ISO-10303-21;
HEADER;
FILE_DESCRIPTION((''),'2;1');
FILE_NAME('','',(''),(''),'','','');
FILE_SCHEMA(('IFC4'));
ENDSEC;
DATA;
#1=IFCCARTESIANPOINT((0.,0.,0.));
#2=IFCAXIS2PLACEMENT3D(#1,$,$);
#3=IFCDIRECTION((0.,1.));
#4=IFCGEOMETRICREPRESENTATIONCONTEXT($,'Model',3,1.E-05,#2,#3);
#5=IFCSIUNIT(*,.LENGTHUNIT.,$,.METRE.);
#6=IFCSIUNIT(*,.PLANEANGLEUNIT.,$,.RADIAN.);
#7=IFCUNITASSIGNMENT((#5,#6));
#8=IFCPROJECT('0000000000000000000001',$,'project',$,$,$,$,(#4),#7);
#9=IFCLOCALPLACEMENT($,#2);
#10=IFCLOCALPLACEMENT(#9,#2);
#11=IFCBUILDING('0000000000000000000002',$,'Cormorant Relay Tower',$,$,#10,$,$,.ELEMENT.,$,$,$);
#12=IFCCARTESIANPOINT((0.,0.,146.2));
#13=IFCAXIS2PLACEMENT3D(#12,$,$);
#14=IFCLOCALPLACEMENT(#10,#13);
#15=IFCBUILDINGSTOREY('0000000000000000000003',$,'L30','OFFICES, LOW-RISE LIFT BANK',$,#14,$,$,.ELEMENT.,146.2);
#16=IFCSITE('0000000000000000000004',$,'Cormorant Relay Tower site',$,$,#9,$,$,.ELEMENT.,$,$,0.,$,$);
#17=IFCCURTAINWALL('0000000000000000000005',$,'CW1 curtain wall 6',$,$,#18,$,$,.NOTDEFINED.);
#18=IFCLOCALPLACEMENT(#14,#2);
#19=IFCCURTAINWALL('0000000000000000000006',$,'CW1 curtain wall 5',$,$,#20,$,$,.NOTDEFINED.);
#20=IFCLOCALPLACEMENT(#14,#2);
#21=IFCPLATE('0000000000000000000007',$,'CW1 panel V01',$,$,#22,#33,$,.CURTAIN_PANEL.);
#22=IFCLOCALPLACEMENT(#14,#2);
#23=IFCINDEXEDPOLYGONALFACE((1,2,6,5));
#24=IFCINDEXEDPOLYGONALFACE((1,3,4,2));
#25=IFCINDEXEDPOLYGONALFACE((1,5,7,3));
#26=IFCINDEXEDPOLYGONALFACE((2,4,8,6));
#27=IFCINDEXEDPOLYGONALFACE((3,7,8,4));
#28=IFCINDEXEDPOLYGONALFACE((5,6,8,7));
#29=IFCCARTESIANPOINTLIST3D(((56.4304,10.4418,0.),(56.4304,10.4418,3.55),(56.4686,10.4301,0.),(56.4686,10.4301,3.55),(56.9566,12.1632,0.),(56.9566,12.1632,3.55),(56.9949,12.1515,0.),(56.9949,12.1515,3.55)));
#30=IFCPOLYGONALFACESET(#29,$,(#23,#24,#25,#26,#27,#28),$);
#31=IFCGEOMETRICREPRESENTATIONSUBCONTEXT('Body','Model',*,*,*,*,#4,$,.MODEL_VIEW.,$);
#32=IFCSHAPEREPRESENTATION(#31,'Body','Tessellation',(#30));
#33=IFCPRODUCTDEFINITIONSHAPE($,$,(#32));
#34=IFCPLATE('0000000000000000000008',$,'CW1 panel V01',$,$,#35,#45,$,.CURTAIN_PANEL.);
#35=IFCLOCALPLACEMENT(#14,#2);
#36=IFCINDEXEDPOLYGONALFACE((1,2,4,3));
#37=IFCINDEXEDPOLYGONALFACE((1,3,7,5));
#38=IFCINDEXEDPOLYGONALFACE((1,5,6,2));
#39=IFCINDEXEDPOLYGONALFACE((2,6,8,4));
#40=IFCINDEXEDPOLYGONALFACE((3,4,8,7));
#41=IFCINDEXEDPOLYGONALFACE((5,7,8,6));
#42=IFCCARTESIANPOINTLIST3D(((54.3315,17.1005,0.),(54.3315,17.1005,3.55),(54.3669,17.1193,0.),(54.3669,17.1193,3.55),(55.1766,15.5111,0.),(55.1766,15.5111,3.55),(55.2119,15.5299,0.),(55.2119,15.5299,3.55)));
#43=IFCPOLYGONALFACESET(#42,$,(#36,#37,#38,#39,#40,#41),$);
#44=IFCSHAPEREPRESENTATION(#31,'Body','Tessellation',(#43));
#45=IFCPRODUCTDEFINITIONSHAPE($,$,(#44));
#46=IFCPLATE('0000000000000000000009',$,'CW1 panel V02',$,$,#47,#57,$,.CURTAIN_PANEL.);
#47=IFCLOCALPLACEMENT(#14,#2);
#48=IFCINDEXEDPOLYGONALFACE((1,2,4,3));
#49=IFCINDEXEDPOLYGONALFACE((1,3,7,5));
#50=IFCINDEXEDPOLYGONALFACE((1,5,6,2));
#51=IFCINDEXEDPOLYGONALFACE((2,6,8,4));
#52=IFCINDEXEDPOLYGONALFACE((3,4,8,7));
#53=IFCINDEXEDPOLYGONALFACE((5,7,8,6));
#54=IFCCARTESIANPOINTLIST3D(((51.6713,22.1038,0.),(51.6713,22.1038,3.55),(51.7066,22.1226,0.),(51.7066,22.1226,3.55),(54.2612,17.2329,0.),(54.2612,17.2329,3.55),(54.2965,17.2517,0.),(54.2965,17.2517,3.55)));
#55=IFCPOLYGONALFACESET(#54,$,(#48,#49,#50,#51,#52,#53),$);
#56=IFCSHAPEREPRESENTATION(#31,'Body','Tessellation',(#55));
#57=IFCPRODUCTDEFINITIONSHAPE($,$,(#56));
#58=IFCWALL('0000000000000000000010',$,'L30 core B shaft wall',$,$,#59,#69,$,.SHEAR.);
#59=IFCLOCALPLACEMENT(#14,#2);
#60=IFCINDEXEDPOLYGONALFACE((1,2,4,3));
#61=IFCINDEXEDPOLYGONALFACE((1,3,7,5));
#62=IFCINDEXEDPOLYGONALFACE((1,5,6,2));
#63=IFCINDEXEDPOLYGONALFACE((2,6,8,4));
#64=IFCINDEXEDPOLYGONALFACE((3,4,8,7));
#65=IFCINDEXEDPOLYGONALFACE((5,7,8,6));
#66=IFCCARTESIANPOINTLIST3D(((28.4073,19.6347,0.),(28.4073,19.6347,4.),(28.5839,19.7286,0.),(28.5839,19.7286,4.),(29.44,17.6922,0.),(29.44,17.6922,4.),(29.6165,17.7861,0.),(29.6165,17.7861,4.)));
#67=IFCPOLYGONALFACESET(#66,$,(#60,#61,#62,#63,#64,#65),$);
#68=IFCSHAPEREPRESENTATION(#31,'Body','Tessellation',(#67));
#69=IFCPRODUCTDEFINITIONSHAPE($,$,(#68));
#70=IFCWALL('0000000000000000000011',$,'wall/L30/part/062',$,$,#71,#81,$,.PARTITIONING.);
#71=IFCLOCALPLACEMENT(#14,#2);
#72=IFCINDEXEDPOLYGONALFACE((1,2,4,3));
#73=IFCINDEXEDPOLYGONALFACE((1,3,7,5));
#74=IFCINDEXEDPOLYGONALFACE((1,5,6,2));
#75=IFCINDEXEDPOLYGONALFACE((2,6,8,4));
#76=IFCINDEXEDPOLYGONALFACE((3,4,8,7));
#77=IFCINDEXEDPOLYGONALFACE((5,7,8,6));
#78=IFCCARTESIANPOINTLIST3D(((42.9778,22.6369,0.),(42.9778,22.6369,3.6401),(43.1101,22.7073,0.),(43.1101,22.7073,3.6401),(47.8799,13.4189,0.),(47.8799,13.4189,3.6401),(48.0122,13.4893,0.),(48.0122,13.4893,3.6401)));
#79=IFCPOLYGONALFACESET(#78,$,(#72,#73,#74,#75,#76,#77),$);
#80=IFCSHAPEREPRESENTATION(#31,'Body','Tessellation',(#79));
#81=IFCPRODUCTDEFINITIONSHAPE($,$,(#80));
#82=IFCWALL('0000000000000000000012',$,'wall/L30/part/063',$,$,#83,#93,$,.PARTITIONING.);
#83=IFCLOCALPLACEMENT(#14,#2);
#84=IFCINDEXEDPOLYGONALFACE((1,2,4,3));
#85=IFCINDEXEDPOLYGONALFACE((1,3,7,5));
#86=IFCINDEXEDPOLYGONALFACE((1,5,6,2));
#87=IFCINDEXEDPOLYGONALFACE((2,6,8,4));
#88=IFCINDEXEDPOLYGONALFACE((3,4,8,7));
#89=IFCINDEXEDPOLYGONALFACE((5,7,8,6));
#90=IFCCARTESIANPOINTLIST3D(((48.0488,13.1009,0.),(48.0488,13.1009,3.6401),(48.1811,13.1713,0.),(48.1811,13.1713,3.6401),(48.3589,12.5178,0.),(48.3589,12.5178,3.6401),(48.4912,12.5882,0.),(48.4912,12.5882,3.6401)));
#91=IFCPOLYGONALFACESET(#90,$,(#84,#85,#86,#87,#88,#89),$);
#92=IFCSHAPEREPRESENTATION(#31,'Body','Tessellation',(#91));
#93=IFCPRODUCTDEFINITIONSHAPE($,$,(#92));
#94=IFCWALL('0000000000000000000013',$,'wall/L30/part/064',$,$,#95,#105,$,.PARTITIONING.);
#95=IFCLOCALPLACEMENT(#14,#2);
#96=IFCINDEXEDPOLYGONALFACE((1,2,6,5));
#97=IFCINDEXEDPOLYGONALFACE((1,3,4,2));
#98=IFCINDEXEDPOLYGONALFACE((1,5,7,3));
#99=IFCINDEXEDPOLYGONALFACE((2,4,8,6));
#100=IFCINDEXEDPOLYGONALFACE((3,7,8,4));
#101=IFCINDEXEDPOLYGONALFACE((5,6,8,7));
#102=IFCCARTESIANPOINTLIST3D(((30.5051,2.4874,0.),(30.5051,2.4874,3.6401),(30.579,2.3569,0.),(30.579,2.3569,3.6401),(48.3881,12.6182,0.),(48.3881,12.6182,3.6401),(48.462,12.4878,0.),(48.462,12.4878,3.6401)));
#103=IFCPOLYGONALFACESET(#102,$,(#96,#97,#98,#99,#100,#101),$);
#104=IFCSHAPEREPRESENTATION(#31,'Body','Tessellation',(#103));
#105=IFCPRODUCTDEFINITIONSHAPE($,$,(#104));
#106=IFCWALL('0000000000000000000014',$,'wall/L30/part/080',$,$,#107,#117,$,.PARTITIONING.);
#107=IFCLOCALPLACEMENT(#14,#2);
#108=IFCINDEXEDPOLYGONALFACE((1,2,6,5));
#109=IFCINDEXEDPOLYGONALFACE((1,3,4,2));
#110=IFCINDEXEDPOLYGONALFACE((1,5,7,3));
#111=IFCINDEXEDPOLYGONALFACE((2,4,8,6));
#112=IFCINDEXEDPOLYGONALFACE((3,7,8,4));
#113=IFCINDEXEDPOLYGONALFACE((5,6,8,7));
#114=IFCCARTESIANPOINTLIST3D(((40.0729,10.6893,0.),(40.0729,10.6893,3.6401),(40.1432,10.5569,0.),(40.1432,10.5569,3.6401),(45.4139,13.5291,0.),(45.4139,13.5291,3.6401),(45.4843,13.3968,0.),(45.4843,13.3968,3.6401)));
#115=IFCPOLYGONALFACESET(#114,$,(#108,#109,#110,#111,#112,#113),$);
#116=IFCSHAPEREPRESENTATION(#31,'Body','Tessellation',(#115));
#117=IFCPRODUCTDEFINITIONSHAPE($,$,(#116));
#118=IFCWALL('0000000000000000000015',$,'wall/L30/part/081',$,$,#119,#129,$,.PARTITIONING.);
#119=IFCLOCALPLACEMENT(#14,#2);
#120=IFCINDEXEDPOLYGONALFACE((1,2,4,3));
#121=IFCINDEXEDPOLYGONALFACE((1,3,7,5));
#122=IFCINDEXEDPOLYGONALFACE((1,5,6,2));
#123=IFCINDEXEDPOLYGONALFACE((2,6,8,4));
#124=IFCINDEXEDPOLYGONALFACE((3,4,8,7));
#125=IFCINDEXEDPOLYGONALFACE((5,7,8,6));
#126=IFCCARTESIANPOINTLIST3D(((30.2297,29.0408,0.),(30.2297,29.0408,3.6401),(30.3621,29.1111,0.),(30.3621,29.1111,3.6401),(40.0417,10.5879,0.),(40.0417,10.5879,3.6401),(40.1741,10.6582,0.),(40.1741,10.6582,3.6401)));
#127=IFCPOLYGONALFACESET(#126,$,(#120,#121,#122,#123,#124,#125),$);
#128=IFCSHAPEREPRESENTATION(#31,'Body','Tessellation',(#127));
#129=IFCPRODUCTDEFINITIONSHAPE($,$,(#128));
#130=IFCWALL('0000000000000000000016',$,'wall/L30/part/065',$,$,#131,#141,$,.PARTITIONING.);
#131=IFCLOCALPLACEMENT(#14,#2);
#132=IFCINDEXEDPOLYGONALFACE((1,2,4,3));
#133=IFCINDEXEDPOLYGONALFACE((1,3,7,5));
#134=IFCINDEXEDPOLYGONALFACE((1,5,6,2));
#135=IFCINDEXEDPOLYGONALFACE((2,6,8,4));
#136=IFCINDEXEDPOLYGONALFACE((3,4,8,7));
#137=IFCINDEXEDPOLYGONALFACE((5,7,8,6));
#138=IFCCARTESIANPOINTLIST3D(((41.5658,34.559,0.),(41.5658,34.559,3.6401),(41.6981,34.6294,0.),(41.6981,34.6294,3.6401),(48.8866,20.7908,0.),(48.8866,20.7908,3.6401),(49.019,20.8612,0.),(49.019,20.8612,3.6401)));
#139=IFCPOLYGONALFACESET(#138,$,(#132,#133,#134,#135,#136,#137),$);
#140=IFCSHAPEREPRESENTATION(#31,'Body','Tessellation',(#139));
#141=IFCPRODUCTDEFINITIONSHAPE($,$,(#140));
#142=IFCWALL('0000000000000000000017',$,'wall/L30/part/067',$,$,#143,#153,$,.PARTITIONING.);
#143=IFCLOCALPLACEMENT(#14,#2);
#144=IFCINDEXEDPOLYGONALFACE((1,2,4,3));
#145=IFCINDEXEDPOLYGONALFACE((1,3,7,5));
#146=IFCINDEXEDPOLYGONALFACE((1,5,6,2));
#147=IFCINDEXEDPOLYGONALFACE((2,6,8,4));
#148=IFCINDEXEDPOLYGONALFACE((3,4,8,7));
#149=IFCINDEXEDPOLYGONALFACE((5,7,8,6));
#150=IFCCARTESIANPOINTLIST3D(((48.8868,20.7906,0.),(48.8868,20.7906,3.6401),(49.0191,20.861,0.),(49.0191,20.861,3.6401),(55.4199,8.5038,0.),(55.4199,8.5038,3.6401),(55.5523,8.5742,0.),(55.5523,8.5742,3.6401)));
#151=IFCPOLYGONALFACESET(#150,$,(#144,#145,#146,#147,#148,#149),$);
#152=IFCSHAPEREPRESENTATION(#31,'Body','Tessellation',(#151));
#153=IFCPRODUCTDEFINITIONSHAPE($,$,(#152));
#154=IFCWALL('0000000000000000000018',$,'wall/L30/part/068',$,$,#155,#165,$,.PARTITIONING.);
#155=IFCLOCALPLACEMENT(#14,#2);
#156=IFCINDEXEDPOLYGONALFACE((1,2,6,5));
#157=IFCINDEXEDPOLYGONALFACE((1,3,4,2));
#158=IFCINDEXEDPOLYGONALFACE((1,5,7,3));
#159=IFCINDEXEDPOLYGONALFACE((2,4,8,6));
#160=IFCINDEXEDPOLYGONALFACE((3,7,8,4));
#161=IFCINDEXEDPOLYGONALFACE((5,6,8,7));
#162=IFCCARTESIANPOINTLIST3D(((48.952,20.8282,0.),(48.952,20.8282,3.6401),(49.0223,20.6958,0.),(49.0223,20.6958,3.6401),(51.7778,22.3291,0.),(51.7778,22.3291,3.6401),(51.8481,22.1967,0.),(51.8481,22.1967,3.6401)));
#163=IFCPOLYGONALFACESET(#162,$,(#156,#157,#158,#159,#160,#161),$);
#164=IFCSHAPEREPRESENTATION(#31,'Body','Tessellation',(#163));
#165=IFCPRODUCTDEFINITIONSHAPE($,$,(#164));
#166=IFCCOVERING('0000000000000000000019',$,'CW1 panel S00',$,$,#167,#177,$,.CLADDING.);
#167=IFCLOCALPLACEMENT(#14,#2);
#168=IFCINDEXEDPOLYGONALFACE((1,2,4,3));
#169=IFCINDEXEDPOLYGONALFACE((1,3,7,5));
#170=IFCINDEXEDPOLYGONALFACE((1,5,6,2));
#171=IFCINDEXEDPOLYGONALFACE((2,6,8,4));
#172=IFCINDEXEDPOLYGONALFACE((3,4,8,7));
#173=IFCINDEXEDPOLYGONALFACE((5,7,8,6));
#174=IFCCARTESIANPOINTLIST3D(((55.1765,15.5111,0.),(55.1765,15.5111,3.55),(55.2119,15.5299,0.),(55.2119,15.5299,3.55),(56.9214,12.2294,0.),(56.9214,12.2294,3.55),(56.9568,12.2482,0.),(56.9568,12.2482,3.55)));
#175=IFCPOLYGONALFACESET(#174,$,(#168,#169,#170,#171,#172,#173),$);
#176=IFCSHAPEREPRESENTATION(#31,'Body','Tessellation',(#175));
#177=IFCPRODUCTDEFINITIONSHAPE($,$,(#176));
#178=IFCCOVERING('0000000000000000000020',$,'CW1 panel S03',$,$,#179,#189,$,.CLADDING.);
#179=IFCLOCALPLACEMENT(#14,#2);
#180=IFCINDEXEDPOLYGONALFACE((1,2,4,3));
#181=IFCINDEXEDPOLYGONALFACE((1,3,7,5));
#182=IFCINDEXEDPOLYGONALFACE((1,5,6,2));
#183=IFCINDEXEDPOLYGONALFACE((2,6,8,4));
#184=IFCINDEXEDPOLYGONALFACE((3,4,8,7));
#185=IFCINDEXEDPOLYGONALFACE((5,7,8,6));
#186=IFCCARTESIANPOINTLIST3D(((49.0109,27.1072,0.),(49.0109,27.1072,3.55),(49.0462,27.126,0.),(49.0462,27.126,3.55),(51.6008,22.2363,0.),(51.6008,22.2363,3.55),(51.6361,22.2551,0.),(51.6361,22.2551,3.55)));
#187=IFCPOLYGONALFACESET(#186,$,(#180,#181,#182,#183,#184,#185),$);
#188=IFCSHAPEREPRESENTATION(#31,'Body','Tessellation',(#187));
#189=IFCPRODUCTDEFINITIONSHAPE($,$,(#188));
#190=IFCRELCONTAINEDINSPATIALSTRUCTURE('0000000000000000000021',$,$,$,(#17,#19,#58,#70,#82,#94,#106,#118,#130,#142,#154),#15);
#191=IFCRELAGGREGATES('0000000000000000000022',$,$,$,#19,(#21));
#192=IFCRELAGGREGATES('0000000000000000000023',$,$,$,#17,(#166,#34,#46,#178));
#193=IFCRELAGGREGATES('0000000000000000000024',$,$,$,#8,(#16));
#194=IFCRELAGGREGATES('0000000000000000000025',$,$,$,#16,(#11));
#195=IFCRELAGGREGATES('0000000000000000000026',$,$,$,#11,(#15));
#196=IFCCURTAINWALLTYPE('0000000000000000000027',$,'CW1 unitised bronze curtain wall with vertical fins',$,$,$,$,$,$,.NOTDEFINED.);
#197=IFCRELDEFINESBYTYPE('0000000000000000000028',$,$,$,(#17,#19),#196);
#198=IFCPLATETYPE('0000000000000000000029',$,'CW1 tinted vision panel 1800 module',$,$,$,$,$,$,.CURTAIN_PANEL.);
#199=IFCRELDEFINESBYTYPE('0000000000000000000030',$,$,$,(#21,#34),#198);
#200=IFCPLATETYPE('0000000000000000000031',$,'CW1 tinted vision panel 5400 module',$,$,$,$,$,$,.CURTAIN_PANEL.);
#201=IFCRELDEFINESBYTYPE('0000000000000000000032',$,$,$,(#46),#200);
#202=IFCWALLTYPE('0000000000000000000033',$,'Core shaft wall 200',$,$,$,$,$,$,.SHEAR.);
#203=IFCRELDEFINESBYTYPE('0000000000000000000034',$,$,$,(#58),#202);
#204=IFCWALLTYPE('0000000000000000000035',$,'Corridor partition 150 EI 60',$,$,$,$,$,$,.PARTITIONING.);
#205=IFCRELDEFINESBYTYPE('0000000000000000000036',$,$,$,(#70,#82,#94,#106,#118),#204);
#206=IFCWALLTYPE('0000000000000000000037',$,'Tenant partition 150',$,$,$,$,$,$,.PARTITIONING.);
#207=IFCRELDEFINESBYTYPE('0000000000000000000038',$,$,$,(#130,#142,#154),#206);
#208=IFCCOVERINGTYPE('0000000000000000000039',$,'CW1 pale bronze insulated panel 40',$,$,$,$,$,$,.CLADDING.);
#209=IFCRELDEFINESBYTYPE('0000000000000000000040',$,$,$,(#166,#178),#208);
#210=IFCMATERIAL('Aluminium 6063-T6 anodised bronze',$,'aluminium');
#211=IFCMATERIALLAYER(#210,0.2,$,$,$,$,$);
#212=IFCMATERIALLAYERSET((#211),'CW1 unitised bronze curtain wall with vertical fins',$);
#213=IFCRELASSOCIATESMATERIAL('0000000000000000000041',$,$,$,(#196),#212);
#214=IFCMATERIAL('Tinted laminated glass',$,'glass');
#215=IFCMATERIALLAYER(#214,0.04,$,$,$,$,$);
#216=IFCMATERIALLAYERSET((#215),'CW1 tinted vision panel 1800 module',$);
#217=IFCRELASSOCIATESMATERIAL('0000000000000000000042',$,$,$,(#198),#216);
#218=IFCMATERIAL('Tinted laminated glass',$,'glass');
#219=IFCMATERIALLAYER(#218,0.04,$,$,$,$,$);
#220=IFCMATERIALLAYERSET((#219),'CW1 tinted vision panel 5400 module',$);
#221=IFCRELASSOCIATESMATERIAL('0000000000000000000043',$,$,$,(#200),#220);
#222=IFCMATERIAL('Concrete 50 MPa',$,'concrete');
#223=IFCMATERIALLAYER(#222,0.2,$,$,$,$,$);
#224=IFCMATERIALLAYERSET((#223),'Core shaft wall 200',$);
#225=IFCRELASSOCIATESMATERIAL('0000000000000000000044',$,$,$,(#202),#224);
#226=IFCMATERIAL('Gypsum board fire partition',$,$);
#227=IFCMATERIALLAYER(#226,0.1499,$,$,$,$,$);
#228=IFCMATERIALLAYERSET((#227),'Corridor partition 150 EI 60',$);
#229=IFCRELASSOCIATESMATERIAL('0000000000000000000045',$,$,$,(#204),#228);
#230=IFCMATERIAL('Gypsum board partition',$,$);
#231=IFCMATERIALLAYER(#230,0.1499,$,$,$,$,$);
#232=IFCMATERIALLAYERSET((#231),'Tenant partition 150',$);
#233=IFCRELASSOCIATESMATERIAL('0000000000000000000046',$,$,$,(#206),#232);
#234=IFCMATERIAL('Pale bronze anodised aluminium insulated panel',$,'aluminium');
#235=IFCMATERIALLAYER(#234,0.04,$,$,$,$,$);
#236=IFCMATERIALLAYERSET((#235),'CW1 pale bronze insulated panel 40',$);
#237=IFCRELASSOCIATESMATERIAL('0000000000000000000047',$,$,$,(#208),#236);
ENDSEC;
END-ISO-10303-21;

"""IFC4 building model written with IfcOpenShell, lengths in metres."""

from ifc_helpers import new_model, si_unit, direction, frame, frame_2d, origin, origin_2d, place, context, subcontext, project, spatial, rectangle, extrude, material, layer, layer_set, type_object, element, aggregate, save


model = new_model("IFC4")

# Units and contexts
model_context = context("Model", 3, precision=1e-05, world=origin(), true_north=direction((0.0, 1.0)))
body_context = subcontext(model_context, "Body", "Model", "MODEL_VIEW")
ifc_project = project(units=[si_unit("LENGTHUNIT", "METRE"), si_unit("PLANEANGLEUNIT", "RADIAN")], contexts=[model_context])

# Site, building, storey
site_placement = place(None, origin())
site = spatial("IfcSite", under=ifc_project, at=site_placement, Name="Cormorant Relay Tower site", CompositionType="ELEMENT", RefElevation=0.0)
building_placement = place(site_placement, origin())
building = spatial("IfcBuilding", under=site, at=building_placement, Name="Cormorant Relay Tower", CompositionType="ELEMENT")
storey_placement = place(building_placement, frame((0.0, 0.0, 146.2)))
storey = spatial("IfcBuildingStorey", under=building, at=storey_placement, Name="L30", Description="OFFICES, LOW-RISE LIFT BANK", CompositionType="ELEMENT", Elevation=146.2)

# Curtain wall
ifc_material_1 = material(Name="Aluminium 6063-T6 anodised bronze", Category="aluminium")
ifc_layer_1 = layer(ifc_material_1, 0.2)
ifc_layer_set_1 = layer_set([ifc_layer_1], Name="CW1 unitised bronze curtain wall with vertical fins")
curtain_wall_type = type_object("IfcCurtainWallType", Name="CW1 unitised bronze curtain wall with vertical fins", PredefinedType="NOTDEFINED", material=ifc_layer_set_1)
curtain_wall_1_placement = place(storey_placement, origin())
curtain_wall_1 = element("IfcCurtainWall", 1, at=curtain_wall_1_placement, inside=storey, type_object=curtain_wall_type, Name="CW1 curtain wall 6", PredefinedType="NOTDEFINED")

# Curtain wall, plate
curtain_wall_2_placement = place(storey_placement, origin())
curtain_wall_2 = element("IfcCurtainWall", 2, at=curtain_wall_2_placement, inside=storey, type_object=curtain_wall_type, Name="CW1 curtain wall 5", PredefinedType="NOTDEFINED")
ifc_material_2 = material(Name="Tinted laminated glass", Category="glass")
ifc_layer_2 = layer(ifc_material_2, 0.04)
ifc_layer_set_2 = layer_set([ifc_layer_2], Name="CW1 tinted vision panel 1800 module")
plate_type_1 = type_object("IfcPlateType", Name="CW1 tinted vision panel 1800 module", PredefinedType="CURTAIN_PANEL", material=ifc_layer_set_2)
plate_1_placement = place(storey_placement, frame((56.7126, 11.2966, 0.0), z_axis=(0.0, 0.0, 1.0), x_axis=(0.292372, 0.956305, 0.0)))
plate_1 = element("IfcPlate", 3, at=plate_1_placement, type_object=plate_type_1, Name="CW1 panel V01", PredefinedType="CURTAIN_PANEL", context=body_context, shape_type="SweptSolid", body=[
    extrude(rectangle(XDim=1.8, YDim=0.04, at=origin_2d()), origin(), (0.0, 0.0, 1.0), 3.55),
])
aggregate(curtain_wall_2, [plate_1])

# Plates
plate_2_placement = place(storey_placement, frame((54.7717, 16.3152, 0.0), z_axis=(0.0, 0.0, 1.0), x_axis=(-0.469472, 0.882948, 0.0)))
plate_2 = element("IfcPlate", 4, at=plate_2_placement, type_object=plate_type_1, Name="CW1 panel V01", PredefinedType="CURTAIN_PANEL", context=body_context, shape_type="SweptSolid", body=[
    extrude(rectangle(XDim=1.8, YDim=0.04, at=origin_2d()), origin(), (0.0, 0.0, 1.0), 3.55),
])
ifc_material_3 = material(Name="Tinted laminated glass", Category="glass")
ifc_layer_3 = layer(ifc_material_3, 0.04)
ifc_layer_set_3 = layer_set([ifc_layer_3], Name="CW1 tinted vision panel 5400 module")
plate_type_2 = type_object("IfcPlateType", Name="CW1 tinted vision panel 5400 module", PredefinedType="CURTAIN_PANEL", material=ifc_layer_set_3)
plate_3_placement = place(storey_placement, frame((52.9839, 19.6777, 0.0), z_axis=(0.0, 0.0, 1.0), x_axis=(-0.469472, 0.882948, 0.0)))
plate_3 = element("IfcPlate", 5, at=plate_3_placement, type_object=plate_type_2, Name="CW1 panel V02", PredefinedType="CURTAIN_PANEL", context=body_context, shape_type="SweptSolid", body=[
    extrude(rectangle(XDim=5.5166, YDim=0.04, at=origin_2d()), origin(), (0.0, 0.0, 1.0), 3.55),
])

# Wall
ifc_material_4 = material(Name="Concrete 50 MPa", Category="concrete")
ifc_layer_4 = layer(ifc_material_4, 0.2)
ifc_layer_set_4 = layer_set([ifc_layer_4], Name="Core shaft wall 200")
wall_type_1 = type_object("IfcWallType", Name="Core shaft wall 200", PredefinedType="SHEAR", material=ifc_layer_set_4)
wall_1_placement = place(storey_placement, frame((29.5283, 17.739, 0.0), z_axis=(0.0, 0.0, 1.0), x_axis=(-0.469401, 0.882985, 0.0)))
element("IfcWall", 6, at=wall_1_placement, inside=storey, type_object=wall_type_1, Name="L30 core B shaft wall", PredefinedType="SHEAR", context=body_context, shape_type="SweptSolid", body=[
    extrude(rectangle(XDim=2.2, YDim=0.2, at=frame_2d((1.1001, 0.0))), origin(), (0.0, 0.0, 1.0), 4.0),
])

# Walls
ifc_material_5 = material(Name="Gypsum board fire partition")
ifc_layer_5 = layer(ifc_material_5, 0.1499)
ifc_layer_set_5 = layer_set([ifc_layer_5], Name="Corridor partition 150 EI 60")
wall_type_2 = type_object("IfcWallType", Name="Corridor partition 150 EI 60", PredefinedType="PARTITIONING", material=ifc_layer_set_5)
wall_2_placement = place(storey_placement, frame((43.0439, 22.6721, 0.0), z_axis=(0.0, 0.0, 1.0), x_axis=(0.469531, -0.882916, 0.0)))
element("IfcWall", 7, at=wall_2_placement, inside=storey, type_object=wall_type_2, Name="wall/L30/part/062", PredefinedType="PARTITIONING", context=body_context, shape_type="SweptSolid", body=[
    extrude(rectangle(XDim=10.4404, YDim=0.1499, at=frame_2d((5.2202, 0.0))), origin(), (0.0, 0.0, 1.0), 3.6401),
])
wall_3_placement = place(storey_placement, frame((48.115, 13.136, 0.0), z_axis=(0.0, 0.0, 1.0), x_axis=(0.469552, -0.882905, 0.0)))
element("IfcWall", 8, at=wall_3_placement, inside=storey, type_object=wall_type_2, Name="wall/L30/part/063", PredefinedType="PARTITIONING", context=body_context, shape_type="SweptSolid", body=[
    extrude(rectangle(XDim=0.6604, YDim=0.1499, at=frame_2d((0.3301, 0.0))), origin(), (0.0, 0.0, 1.0), 3.6401),
])
wall_4_placement = place(storey_placement, frame((48.425, 12.553, 0.0), z_axis=(0.0, 0.0, 1.0), x_axis=(-0.870082, -0.492907, 0.0)))
element("IfcWall", 9, at=wall_4_placement, inside=storey, type_object=wall_type_2, Name="wall/L30/part/064", PredefinedType="PARTITIONING", context=body_context, shape_type="SweptSolid", body=[
    extrude(rectangle(XDim=20.5532, YDim=0.1499, at=frame_2d((10.2766, 0.0))), origin(), (0.0, 0.0, 1.0), 3.6401),
])
wall_5_placement = place(storey_placement, frame((45.449, 13.4629, 0.0), z_axis=(0.0, 0.0, 1.0), x_axis=(-0.882951, -0.469465, 0.0)))
element("IfcWall", 10, at=wall_5_placement, inside=storey, type_object=wall_type_2, Name="wall/L30/part/080", PredefinedType="PARTITIONING", context=body_context, shape_type="SweptSolid", body=[
    extrude(rectangle(XDim=6.0491, YDim=0.1499, at=frame_2d((3.0244, 0.0))), origin(), (0.0, 0.0, 1.0), 3.6401),
])
wall_6_placement = place(storey_placement, frame((40.1079, 10.623, 0.0), z_axis=(0.0, 0.0, 1.0), x_axis=(-0.469488, 0.882939, 0.0)))
element("IfcWall", 11, at=wall_6_placement, inside=storey, type_object=wall_type_2, Name="wall/L30/part/081", PredefinedType="PARTITIONING", context=body_context, shape_type="SweptSolid", body=[
    extrude(rectangle(XDim=20.8994, YDim=0.1499, at=frame_2d((10.4497, 0.0))), origin(), (0.0, 0.0, 1.0), 3.6401),
])
ifc_material_6 = material(Name="Gypsum board partition")
ifc_layer_6 = layer(ifc_material_6, 0.1499)
ifc_layer_set_6 = layer_set([ifc_layer_6], Name="Tenant partition 150")
wall_type_3 = type_object("IfcWallType", Name="Tenant partition 150", PredefinedType="PARTITIONING", material=ifc_layer_set_6)
wall_7_placement = place(storey_placement, frame((48.9529, 20.8259, 0.0), z_axis=(0.0, 0.0, 1.0), x_axis=(-0.469481, 0.882943, 0.0)))
element("IfcWall", 12, at=wall_7_placement, inside=storey, type_object=wall_type_3, Name="wall/L30/part/065", PredefinedType="PARTITIONING", context=body_context, shape_type="SweptSolid", body=[
    extrude(rectangle(XDim=15.5935, YDim=0.1499, at=frame_2d((7.7969, 0.0))), origin(), (0.0, 0.0, 1.0), 3.6401),
])
wall_8_placement = place(storey_placement, frame((48.9529, 20.8259, 0.0), z_axis=(0.0, 0.0, 1.0), x_axis=(0.469481, -0.882943, 0.0)))
element("IfcWall", 13, at=wall_8_placement, inside=storey, type_object=wall_type_3, Name="wall/L30/part/067", PredefinedType="PARTITIONING", context=body_context, shape_type="SweptSolid", body=[
    extrude(rectangle(XDim=13.9158, YDim=0.1499, at=frame_2d((6.958, 0.0))), origin(), (0.0, 0.0, 1.0), 3.6401),
])
wall_9_placement = place(storey_placement, frame((51.813, 22.2629, 0.0), z_axis=(0.0, 0.0, 1.0), x_axis=(-0.883154, -0.469083, 0.0)))
element("IfcWall", 14, at=wall_9_placement, inside=storey, type_object=wall_type_3, Name="wall/L30/part/068", PredefinedType="PARTITIONING", context=body_context, shape_type="SweptSolid", body=[
    extrude(rectangle(XDim=3.1997, YDim=0.1499, at=frame_2d((1.5999, 0.0))), origin(), (0.0, 0.0, 1.0), 3.6401),
])

# Coverings
ifc_material_7 = material(Name="Pale bronze anodised aluminium insulated panel", Category="aluminium")
ifc_layer_7 = layer(ifc_material_7, 0.04)
ifc_layer_set_7 = layer_set([ifc_layer_7], Name="CW1 pale bronze insulated panel 40")
covering_type = type_object("IfcCoveringType", Name="CW1 pale bronze insulated panel 40", PredefinedType="CLADDING", material=ifc_layer_set_7)
covering_1_placement = place(storey_placement, frame((56.0667, 13.8796, 0.0), z_axis=(0.0, 0.0, 1.0), x_axis=(-0.469472, 0.882948, 0.0)))
covering_1 = element("IfcCovering", 15, at=covering_1_placement, type_object=covering_type, Name="CW1 panel S00", PredefinedType="CLADDING", context=body_context, shape_type="SweptSolid", body=[
    extrude(rectangle(XDim=3.7168, YDim=0.04, at=origin_2d()), origin(), (0.0, 0.0, 1.0), 3.55),
])
covering_2_placement = place(storey_placement, frame((50.3235, 24.6812, 0.0), z_axis=(0.0, 0.0, 1.0), x_axis=(-0.469472, 0.882948, 0.0)))
covering_2 = element("IfcCovering", 16, at=covering_2_placement, type_object=covering_type, Name="CW1 panel S03", PredefinedType="CLADDING", context=body_context, shape_type="SweptSolid", body=[
    extrude(rectangle(XDim=5.5166, YDim=0.04, at=origin_2d()), origin(), (0.0, 0.0, 1.0), 3.55),
])
aggregate(curtain_wall_1, [covering_1, plate_2, plate_3, covering_2])

save(model, "model.ifc")
